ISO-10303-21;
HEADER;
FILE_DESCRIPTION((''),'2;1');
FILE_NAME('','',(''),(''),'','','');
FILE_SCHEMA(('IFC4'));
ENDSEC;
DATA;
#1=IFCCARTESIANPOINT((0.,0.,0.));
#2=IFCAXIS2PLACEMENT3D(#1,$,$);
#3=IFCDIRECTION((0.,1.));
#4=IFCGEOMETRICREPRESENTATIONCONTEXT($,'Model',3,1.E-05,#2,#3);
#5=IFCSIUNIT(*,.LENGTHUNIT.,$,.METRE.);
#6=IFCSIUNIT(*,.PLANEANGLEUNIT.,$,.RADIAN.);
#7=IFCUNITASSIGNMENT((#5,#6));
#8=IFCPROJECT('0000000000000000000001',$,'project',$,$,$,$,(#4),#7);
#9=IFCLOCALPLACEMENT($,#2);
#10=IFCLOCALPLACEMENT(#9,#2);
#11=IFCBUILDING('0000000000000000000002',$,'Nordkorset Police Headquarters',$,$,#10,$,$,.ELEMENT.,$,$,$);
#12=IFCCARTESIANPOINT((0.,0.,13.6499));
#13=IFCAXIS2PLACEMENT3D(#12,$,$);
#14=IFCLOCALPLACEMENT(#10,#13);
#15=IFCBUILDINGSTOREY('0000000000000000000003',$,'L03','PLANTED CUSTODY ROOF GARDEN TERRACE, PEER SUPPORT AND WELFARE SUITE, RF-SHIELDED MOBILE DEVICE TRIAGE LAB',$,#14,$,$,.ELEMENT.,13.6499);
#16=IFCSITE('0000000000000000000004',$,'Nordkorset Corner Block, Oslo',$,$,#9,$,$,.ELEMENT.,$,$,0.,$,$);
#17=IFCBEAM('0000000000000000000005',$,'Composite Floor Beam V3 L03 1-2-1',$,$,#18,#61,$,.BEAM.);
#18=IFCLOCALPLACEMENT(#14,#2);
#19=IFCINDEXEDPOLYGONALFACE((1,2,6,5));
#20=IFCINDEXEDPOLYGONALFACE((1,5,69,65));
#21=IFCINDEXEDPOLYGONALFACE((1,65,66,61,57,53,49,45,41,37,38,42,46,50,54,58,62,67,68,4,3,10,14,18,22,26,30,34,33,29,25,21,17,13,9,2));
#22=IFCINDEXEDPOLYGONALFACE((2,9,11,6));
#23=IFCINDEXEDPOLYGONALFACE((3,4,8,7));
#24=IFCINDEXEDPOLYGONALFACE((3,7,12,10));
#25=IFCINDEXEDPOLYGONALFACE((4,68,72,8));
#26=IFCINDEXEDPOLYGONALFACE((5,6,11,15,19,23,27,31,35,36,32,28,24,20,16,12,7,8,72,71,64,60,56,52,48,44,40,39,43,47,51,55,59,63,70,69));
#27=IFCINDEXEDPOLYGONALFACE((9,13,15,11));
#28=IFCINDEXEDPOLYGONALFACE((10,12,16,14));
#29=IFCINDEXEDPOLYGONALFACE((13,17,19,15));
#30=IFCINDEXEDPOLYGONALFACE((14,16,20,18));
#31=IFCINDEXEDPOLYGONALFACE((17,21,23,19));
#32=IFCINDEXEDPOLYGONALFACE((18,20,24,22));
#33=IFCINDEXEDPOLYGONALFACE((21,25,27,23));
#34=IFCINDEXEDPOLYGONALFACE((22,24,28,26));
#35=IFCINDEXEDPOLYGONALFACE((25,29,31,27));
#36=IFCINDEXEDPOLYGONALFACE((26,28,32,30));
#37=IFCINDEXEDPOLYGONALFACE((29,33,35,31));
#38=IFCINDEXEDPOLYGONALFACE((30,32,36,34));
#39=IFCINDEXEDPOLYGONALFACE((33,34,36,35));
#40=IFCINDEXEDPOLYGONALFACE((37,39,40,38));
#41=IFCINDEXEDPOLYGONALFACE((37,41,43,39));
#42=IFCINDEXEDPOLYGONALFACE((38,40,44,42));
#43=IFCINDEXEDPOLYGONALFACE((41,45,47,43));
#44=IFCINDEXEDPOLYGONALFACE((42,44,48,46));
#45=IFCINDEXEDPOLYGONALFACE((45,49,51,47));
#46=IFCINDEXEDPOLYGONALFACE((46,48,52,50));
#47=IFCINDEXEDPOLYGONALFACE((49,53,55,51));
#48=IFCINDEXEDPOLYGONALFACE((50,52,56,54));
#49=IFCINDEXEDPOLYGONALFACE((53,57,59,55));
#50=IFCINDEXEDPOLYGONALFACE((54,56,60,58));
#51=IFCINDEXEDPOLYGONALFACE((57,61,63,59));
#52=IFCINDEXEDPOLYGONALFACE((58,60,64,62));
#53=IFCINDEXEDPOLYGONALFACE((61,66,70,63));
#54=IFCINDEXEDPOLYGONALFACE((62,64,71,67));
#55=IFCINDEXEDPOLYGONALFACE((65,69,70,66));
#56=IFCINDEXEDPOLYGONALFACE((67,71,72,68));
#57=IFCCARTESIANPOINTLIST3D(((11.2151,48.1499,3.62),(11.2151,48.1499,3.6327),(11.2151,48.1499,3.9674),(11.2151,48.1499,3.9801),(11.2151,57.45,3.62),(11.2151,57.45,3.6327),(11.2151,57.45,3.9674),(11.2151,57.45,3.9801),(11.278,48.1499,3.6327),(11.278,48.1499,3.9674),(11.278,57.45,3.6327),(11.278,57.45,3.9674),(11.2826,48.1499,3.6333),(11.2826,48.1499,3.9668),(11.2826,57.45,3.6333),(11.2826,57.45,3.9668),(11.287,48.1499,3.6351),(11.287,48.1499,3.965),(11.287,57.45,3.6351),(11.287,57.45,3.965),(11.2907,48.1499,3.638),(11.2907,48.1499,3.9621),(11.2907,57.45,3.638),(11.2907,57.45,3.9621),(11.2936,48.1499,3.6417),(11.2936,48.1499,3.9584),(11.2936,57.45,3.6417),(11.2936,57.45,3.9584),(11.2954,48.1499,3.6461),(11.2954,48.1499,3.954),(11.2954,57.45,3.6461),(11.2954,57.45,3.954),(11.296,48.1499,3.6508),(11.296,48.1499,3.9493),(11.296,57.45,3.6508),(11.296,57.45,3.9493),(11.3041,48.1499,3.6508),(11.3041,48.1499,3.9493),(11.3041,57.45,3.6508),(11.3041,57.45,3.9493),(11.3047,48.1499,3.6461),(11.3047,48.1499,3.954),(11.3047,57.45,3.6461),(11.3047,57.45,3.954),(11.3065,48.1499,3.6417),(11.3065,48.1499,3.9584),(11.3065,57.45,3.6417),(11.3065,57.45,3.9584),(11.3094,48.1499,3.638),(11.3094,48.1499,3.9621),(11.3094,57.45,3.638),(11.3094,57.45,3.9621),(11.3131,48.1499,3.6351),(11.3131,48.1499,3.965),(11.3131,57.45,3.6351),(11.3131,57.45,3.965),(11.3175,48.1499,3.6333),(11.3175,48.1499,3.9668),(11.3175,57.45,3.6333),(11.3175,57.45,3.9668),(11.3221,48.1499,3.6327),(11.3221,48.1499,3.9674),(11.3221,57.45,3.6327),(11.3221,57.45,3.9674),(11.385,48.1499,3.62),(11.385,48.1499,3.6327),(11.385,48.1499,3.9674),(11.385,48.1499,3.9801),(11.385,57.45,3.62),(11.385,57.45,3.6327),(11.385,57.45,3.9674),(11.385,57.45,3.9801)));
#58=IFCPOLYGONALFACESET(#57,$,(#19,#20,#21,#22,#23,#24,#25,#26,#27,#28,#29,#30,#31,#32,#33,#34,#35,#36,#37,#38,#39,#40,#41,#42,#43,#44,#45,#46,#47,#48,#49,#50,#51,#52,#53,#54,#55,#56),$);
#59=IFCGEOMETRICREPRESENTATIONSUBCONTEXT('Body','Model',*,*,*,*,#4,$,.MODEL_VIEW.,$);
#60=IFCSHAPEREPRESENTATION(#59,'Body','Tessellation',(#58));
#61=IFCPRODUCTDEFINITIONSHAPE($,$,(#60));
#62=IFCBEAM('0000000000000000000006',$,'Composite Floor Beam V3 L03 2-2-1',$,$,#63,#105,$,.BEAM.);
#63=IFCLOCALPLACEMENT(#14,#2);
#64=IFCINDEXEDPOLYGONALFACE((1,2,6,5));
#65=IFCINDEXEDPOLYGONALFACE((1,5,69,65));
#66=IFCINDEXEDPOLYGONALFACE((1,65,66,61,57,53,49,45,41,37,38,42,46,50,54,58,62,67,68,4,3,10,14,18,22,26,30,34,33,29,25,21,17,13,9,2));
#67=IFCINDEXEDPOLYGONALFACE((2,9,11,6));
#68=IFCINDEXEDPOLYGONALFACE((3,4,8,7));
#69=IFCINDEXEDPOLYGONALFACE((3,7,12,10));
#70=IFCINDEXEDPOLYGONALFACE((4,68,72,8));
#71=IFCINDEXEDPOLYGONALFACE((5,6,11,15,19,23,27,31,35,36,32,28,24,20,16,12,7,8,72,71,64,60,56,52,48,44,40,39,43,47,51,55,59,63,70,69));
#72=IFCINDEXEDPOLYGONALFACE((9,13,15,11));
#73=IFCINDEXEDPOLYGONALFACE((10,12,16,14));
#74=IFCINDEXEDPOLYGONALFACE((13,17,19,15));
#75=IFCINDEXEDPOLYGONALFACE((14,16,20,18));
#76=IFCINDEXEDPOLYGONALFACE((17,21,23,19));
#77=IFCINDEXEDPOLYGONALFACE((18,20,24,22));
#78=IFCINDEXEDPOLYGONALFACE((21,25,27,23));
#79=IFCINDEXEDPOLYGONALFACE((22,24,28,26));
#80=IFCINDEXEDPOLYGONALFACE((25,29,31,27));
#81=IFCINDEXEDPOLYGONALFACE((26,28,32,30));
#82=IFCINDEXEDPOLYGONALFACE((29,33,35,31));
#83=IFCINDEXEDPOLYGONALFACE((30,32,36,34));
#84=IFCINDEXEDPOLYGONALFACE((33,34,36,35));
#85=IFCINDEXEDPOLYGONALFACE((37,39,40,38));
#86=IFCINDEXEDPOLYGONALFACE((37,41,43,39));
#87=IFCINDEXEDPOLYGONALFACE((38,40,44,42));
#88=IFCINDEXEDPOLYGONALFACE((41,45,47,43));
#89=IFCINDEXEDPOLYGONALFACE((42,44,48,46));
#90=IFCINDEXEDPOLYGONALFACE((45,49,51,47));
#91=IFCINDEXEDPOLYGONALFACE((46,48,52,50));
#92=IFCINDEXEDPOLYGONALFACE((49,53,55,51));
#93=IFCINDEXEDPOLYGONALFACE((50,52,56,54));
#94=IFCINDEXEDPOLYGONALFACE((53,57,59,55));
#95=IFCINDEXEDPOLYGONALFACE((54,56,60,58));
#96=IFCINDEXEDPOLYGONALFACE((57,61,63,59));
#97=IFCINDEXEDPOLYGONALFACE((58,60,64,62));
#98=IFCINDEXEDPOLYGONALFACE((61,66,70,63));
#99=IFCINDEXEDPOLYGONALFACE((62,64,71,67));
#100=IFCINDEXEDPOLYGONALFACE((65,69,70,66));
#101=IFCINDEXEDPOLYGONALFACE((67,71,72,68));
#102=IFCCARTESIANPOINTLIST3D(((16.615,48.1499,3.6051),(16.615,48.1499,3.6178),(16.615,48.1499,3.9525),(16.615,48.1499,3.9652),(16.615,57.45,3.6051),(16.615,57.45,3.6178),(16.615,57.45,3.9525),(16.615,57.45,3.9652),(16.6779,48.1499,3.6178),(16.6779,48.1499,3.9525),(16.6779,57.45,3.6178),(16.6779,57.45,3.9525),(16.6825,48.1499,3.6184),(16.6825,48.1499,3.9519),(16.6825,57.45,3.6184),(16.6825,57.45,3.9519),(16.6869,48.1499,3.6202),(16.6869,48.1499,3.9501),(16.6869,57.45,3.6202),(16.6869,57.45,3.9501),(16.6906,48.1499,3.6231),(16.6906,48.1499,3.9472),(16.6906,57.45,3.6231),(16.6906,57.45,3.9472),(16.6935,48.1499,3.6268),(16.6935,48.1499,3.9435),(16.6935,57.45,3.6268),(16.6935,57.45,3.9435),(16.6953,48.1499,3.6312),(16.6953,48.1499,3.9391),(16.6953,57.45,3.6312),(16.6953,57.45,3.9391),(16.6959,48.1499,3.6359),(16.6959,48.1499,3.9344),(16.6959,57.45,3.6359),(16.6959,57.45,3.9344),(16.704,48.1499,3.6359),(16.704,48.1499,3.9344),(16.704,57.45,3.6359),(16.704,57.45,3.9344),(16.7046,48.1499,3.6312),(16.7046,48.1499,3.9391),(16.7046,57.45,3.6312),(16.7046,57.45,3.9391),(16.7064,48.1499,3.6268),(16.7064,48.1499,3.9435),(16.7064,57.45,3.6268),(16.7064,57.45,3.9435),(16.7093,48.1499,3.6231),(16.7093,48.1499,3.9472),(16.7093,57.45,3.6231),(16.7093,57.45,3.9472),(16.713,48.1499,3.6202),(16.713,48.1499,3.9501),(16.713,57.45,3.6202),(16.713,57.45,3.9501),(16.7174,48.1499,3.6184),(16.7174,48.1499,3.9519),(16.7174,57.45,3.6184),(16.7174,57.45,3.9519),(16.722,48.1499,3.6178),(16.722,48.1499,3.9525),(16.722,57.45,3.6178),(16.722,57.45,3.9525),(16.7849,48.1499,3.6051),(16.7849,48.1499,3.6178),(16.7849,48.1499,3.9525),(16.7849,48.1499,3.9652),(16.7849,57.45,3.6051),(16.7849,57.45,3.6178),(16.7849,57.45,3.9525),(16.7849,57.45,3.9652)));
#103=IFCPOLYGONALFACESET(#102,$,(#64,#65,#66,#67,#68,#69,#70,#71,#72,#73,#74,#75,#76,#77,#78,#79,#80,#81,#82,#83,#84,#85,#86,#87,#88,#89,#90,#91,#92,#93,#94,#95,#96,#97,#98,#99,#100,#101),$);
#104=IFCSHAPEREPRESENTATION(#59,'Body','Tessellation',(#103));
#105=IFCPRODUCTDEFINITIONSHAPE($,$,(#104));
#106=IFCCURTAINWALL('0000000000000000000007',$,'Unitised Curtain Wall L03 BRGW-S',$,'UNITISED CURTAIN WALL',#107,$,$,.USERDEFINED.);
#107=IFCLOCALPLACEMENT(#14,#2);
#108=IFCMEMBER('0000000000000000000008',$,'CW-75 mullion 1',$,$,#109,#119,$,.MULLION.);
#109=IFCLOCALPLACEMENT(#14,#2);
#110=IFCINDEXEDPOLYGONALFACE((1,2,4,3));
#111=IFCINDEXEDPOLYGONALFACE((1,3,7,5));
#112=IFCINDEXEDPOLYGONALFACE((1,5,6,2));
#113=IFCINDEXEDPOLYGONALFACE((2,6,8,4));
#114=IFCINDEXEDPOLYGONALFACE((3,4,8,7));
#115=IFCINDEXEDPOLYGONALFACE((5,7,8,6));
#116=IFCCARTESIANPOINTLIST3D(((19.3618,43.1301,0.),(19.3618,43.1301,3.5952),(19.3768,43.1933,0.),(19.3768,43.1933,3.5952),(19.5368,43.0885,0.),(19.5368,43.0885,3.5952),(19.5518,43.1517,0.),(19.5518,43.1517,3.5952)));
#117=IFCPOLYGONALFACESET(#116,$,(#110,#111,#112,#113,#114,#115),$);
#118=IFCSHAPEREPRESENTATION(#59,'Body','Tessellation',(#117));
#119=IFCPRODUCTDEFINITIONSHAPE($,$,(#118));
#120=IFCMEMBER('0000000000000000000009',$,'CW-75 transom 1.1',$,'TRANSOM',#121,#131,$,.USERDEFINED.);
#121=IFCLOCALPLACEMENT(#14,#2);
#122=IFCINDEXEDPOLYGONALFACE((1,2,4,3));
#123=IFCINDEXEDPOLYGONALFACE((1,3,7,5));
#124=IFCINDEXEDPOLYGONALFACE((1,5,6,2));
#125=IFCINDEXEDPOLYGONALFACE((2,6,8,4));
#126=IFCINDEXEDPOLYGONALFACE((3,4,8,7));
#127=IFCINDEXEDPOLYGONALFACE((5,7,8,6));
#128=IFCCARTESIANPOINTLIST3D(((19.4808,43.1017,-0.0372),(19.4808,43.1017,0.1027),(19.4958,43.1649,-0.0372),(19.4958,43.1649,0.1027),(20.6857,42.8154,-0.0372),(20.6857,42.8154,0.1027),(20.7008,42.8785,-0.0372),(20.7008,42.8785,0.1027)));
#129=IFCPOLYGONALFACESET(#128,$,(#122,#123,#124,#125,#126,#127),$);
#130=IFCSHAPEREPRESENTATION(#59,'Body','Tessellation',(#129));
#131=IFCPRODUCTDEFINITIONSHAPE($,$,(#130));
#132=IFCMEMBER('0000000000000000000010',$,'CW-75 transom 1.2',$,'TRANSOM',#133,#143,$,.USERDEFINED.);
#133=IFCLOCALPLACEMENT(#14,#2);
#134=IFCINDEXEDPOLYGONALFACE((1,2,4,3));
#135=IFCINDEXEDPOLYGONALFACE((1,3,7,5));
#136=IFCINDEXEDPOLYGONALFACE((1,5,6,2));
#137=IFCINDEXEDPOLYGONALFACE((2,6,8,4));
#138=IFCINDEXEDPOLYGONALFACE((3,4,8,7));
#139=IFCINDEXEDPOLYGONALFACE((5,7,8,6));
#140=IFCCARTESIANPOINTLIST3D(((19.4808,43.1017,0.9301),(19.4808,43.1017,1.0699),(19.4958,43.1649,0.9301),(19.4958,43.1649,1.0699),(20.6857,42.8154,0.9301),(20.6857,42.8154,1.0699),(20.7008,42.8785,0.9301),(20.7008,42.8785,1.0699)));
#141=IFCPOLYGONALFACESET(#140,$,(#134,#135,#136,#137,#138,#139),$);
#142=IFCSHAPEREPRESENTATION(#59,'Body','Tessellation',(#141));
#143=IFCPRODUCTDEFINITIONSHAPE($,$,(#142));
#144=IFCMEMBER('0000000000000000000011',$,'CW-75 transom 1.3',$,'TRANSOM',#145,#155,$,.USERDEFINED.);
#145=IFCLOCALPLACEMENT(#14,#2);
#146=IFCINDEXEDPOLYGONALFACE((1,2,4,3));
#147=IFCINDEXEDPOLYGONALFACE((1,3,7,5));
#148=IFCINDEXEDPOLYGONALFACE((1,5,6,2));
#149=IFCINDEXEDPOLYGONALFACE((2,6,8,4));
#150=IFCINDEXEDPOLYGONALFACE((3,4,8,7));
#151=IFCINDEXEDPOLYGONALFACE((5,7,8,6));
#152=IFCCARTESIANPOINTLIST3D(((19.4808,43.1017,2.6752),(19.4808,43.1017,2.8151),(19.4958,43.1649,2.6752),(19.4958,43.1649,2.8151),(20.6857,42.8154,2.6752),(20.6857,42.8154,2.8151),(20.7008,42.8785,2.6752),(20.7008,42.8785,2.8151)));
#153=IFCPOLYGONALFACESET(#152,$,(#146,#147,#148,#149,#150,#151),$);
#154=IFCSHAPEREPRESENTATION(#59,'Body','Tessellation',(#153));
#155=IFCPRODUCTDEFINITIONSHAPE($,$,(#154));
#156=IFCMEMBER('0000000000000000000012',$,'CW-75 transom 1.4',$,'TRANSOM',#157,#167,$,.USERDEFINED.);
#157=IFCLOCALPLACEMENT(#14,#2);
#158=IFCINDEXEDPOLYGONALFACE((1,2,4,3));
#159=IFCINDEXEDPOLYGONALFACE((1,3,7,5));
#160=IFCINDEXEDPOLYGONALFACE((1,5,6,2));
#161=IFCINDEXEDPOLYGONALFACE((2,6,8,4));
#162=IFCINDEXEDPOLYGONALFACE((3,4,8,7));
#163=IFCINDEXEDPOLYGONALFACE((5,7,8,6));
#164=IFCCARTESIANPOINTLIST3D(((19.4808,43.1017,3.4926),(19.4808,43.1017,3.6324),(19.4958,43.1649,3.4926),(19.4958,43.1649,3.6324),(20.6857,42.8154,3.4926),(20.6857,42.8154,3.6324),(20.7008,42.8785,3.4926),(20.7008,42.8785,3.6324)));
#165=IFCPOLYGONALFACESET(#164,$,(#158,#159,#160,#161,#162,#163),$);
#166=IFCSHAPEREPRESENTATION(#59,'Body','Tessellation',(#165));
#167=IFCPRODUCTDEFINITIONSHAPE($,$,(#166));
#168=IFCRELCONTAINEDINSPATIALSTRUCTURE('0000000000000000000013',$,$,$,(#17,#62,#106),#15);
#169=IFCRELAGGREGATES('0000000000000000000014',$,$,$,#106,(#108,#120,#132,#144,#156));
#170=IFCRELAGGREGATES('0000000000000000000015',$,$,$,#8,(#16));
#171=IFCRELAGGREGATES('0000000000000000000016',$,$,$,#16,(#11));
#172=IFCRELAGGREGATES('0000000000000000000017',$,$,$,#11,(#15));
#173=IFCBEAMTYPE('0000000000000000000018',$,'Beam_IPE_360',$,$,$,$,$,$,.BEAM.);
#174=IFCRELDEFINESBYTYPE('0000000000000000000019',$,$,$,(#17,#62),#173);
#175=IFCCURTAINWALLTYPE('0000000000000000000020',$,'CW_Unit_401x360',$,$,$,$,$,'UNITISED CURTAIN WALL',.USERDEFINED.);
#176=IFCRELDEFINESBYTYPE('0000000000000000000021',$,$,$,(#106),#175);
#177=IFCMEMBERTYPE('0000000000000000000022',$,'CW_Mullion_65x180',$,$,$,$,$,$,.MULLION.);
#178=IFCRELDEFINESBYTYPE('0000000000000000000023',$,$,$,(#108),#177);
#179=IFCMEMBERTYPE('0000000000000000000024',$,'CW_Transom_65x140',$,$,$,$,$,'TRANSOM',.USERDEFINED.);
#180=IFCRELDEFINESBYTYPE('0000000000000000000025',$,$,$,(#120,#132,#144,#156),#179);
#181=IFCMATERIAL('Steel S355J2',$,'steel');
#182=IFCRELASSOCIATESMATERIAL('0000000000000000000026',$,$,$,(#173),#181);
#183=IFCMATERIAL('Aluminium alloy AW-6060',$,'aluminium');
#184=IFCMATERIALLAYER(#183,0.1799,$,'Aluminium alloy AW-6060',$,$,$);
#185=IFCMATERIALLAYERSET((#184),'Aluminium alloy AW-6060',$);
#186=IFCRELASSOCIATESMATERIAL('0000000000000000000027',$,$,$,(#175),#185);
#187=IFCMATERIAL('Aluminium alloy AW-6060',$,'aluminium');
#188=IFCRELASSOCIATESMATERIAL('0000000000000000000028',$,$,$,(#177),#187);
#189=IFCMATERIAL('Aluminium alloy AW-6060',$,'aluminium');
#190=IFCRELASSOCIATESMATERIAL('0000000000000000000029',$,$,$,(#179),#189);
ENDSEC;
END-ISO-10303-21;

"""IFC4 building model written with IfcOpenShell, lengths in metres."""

from ifc_helpers import new_model, si_unit, direction, frame, origin, origin_2d, place, context, subcontext, project, spatial, rectangle, i_section, extrude, material, layer, layer_set, material_profile, profile_set, type_object, element, aggregate, save


model = new_model("IFC4")

# Units and contexts
model_context = context("Model", 3, precision=1e-05, world=origin(), true_north=direction((0.0, 1.0)))
body_context = subcontext(model_context, "Body", "Model", "MODEL_VIEW")
ifc_project = project(units=[si_unit("LENGTHUNIT", "METRE"), si_unit("PLANEANGLEUNIT", "RADIAN")], contexts=[model_context])

# Site, building, storey
site_placement = place(None, origin())
site = spatial("IfcSite", under=ifc_project, at=site_placement, Name="Nordkorset Corner Block, Oslo", CompositionType="ELEMENT", RefElevation=0.0)
building_placement = place(site_placement, origin())
building = spatial("IfcBuilding", under=site, at=building_placement, Name="Nordkorset Police Headquarters", CompositionType="ELEMENT")
storey_placement = place(building_placement, frame((0.0, 0.0, 13.6499)))
storey = spatial("IfcBuildingStorey", under=building, at=storey_placement, Name="L03", Description="PLANTED CUSTODY ROOF GARDEN TERRACE, PEER SUPPORT AND WELFARE SUITE, RF-SHIELDED MOBILE DEVICE TRIAGE LAB", CompositionType="ELEMENT", Elevation=13.6499)

# Beams
ifc_material_1 = material(Name="Steel S355J2", Category="steel")
ifc_material_profile_1 = material_profile(ifc_material_1, i_section(OverallWidth=0.1699, OverallDepth=0.3601, WebThickness=0.0081, FlangeThickness=0.0127, FilletRadius=0.0181, at=origin_2d()), Name="IPE 360")
ifc_profile_set_1 = profile_set([ifc_material_profile_1], Name="Steel S355J2")
beam_type_1 = type_object("IfcBeamType", Name="Beam_IPE_360", PredefinedType="BEAM", material=ifc_profile_set_1)
for number, where, z_axis, x_axis, name in (
    (1, (11.3, 48.1499, 3.8), (0.0, 1.0, 0.0), (-1.0, 0.0, 0.0), "Composite Floor Beam V3 L03 1-2-1"),
    (2, (16.7, 48.1499, 3.7852), (0.0, 1.0, 0.0), (-1.0, 0.0, 0.0), "Composite Floor Beam V3 L03 2-2-1"),
):
    element("IfcBeam", number, at=place(storey_placement, frame(where, z_axis=z_axis, x_axis=x_axis)), inside=storey, type_object=beam_type_1, Name=name, PredefinedType="BEAM", context=body_context, shape_type="SweptSolid", body=[
        extrude(i_section(OverallWidth=0.1699, OverallDepth=0.3601, WebThickness=0.0081, FlangeThickness=0.0127, FilletRadius=0.0181, at=origin_2d()), origin(), (0.0, 0.0, 1.0), 9.3),
    ])

# Curtain wall, members
ifc_material_2 = material(Name="Aluminium alloy AW-6060", Category="aluminium")
ifc_layer_1 = layer(ifc_material_2, 0.1799, Name="Aluminium alloy AW-6060")
ifc_layer_set_1 = layer_set([ifc_layer_1], Name="Aluminium alloy AW-6060")
curtain_wall_type = type_object("IfcCurtainWallType", Name="CW_Unit_401x360", ElementType="UNITISED CURTAIN WALL", PredefinedType="USERDEFINED", material=ifc_layer_set_1)
curtain_wall_placement = place(storey_placement, origin())
curtain_wall = element("IfcCurtainWall", 3, at=curtain_wall_placement, inside=storey, type_object=curtain_wall_type, Name="Unitised Curtain Wall L03 BRGW-S", ObjectType="UNITISED CURTAIN WALL", PredefinedType="USERDEFINED")
ifc_material_3 = material(Name="Aluminium alloy AW-6060", Category="aluminium")
ifc_material_profile_2 = material_profile(ifc_material_3, rectangle(XDim=0.0649, YDim=0.1799, at=origin_2d()), Name="ALU MULL 65x180")
ifc_profile_set_2 = profile_set([ifc_material_profile_2], Name="Aluminium alloy AW-6060")
member_type_1 = type_object("IfcMemberType", Name="CW_Mullion_65x180", PredefinedType="MULLION", material=ifc_profile_set_2)
member_1_placement = place(storey_placement, frame((19.4568, 43.1409, 0.0), z_axis=(0.0, 0.0, 1.0), x_axis=(0.231206, 0.972905, 0.0)))
member_1 = element("IfcMember", 4, at=member_1_placement, type_object=member_type_1, Name="CW-75 mullion 1", PredefinedType="MULLION", context=body_context, shape_type="SweptSolid", body=[
    extrude(rectangle(XDim=0.0649, YDim=0.1799, at=origin_2d()), origin(), (0.0, 0.0, 1.0), 3.5952),
])
ifc_material_4 = material(Name="Aluminium alloy AW-6060", Category="aluminium")
ifc_material_profile_3 = material_profile(ifc_material_4, rectangle(XDim=0.0649, YDim=0.1399, at=origin_2d()), Name="ALU TRAN 65x140")
ifc_profile_set_3 = profile_set([ifc_material_profile_3], Name="Aluminium alloy AW-6060")
member_type_2 = type_object("IfcMemberType", Name="CW_Transom_65x140", ElementType="TRANSOM", PredefinedType="USERDEFINED", material=ifc_profile_set_3)
member_2_placement = place(storey_placement, frame((19.4883, 43.1333, 0.0327), z_axis=(0.972906, -0.231203, 0.0), x_axis=(0.231203, 0.972906, 0.0)))
member_2 = element("IfcMember", 5, at=member_2_placement, type_object=member_type_2, Name="CW-75 transom 1.1", ObjectType="TRANSOM", PredefinedType="USERDEFINED", context=body_context, shape_type="SweptSolid", body=[
    extrude(rectangle(XDim=0.0649, YDim=0.1399, at=origin_2d()), origin(), (0.0, 0.0, 1.0), 1.2385),
])
member_3_placement = place(storey_placement, frame((19.4883, 43.1333, 1.0), z_axis=(0.972906, -0.231203, 0.0), x_axis=(0.231203, 0.972906, 0.0)))
member_3 = element("IfcMember", 6, at=member_3_placement, type_object=member_type_2, Name="CW-75 transom 1.2", ObjectType="TRANSOM", PredefinedType="USERDEFINED", context=body_context, shape_type="SweptSolid", body=[
    extrude(rectangle(XDim=0.0649, YDim=0.1399, at=origin_2d()), origin(), (0.0, 0.0, 1.0), 1.2385),
])
member_4_placement = place(storey_placement, frame((19.4883, 43.1333, 2.7451), z_axis=(0.972906, -0.231203, 0.0), x_axis=(0.231203, 0.972906, 0.0)))
member_4 = element("IfcMember", 7, at=member_4_placement, type_object=member_type_2, Name="CW-75 transom 1.3", ObjectType="TRANSOM", PredefinedType="USERDEFINED", context=body_context, shape_type="SweptSolid", body=[
    extrude(rectangle(XDim=0.0649, YDim=0.1399, at=origin_2d()), origin(), (0.0, 0.0, 1.0), 1.2385),
])
member_5_placement = place(storey_placement, frame((19.4883, 43.1333, 3.5625), z_axis=(0.972906, -0.231203, 0.0), x_axis=(0.231203, 0.972906, 0.0)))
member_5 = element("IfcMember", 8, at=member_5_placement, type_object=member_type_2, Name="CW-75 transom 1.4", ObjectType="TRANSOM", PredefinedType="USERDEFINED", context=body_context, shape_type="SweptSolid", body=[
    extrude(rectangle(XDim=0.0649, YDim=0.1399, at=origin_2d()), origin(), (0.0, 0.0, 1.0), 1.2385),
])
aggregate(curtain_wall, [member_1, member_2, member_3, member_4, member_5])

save(model, "model.ifc")
